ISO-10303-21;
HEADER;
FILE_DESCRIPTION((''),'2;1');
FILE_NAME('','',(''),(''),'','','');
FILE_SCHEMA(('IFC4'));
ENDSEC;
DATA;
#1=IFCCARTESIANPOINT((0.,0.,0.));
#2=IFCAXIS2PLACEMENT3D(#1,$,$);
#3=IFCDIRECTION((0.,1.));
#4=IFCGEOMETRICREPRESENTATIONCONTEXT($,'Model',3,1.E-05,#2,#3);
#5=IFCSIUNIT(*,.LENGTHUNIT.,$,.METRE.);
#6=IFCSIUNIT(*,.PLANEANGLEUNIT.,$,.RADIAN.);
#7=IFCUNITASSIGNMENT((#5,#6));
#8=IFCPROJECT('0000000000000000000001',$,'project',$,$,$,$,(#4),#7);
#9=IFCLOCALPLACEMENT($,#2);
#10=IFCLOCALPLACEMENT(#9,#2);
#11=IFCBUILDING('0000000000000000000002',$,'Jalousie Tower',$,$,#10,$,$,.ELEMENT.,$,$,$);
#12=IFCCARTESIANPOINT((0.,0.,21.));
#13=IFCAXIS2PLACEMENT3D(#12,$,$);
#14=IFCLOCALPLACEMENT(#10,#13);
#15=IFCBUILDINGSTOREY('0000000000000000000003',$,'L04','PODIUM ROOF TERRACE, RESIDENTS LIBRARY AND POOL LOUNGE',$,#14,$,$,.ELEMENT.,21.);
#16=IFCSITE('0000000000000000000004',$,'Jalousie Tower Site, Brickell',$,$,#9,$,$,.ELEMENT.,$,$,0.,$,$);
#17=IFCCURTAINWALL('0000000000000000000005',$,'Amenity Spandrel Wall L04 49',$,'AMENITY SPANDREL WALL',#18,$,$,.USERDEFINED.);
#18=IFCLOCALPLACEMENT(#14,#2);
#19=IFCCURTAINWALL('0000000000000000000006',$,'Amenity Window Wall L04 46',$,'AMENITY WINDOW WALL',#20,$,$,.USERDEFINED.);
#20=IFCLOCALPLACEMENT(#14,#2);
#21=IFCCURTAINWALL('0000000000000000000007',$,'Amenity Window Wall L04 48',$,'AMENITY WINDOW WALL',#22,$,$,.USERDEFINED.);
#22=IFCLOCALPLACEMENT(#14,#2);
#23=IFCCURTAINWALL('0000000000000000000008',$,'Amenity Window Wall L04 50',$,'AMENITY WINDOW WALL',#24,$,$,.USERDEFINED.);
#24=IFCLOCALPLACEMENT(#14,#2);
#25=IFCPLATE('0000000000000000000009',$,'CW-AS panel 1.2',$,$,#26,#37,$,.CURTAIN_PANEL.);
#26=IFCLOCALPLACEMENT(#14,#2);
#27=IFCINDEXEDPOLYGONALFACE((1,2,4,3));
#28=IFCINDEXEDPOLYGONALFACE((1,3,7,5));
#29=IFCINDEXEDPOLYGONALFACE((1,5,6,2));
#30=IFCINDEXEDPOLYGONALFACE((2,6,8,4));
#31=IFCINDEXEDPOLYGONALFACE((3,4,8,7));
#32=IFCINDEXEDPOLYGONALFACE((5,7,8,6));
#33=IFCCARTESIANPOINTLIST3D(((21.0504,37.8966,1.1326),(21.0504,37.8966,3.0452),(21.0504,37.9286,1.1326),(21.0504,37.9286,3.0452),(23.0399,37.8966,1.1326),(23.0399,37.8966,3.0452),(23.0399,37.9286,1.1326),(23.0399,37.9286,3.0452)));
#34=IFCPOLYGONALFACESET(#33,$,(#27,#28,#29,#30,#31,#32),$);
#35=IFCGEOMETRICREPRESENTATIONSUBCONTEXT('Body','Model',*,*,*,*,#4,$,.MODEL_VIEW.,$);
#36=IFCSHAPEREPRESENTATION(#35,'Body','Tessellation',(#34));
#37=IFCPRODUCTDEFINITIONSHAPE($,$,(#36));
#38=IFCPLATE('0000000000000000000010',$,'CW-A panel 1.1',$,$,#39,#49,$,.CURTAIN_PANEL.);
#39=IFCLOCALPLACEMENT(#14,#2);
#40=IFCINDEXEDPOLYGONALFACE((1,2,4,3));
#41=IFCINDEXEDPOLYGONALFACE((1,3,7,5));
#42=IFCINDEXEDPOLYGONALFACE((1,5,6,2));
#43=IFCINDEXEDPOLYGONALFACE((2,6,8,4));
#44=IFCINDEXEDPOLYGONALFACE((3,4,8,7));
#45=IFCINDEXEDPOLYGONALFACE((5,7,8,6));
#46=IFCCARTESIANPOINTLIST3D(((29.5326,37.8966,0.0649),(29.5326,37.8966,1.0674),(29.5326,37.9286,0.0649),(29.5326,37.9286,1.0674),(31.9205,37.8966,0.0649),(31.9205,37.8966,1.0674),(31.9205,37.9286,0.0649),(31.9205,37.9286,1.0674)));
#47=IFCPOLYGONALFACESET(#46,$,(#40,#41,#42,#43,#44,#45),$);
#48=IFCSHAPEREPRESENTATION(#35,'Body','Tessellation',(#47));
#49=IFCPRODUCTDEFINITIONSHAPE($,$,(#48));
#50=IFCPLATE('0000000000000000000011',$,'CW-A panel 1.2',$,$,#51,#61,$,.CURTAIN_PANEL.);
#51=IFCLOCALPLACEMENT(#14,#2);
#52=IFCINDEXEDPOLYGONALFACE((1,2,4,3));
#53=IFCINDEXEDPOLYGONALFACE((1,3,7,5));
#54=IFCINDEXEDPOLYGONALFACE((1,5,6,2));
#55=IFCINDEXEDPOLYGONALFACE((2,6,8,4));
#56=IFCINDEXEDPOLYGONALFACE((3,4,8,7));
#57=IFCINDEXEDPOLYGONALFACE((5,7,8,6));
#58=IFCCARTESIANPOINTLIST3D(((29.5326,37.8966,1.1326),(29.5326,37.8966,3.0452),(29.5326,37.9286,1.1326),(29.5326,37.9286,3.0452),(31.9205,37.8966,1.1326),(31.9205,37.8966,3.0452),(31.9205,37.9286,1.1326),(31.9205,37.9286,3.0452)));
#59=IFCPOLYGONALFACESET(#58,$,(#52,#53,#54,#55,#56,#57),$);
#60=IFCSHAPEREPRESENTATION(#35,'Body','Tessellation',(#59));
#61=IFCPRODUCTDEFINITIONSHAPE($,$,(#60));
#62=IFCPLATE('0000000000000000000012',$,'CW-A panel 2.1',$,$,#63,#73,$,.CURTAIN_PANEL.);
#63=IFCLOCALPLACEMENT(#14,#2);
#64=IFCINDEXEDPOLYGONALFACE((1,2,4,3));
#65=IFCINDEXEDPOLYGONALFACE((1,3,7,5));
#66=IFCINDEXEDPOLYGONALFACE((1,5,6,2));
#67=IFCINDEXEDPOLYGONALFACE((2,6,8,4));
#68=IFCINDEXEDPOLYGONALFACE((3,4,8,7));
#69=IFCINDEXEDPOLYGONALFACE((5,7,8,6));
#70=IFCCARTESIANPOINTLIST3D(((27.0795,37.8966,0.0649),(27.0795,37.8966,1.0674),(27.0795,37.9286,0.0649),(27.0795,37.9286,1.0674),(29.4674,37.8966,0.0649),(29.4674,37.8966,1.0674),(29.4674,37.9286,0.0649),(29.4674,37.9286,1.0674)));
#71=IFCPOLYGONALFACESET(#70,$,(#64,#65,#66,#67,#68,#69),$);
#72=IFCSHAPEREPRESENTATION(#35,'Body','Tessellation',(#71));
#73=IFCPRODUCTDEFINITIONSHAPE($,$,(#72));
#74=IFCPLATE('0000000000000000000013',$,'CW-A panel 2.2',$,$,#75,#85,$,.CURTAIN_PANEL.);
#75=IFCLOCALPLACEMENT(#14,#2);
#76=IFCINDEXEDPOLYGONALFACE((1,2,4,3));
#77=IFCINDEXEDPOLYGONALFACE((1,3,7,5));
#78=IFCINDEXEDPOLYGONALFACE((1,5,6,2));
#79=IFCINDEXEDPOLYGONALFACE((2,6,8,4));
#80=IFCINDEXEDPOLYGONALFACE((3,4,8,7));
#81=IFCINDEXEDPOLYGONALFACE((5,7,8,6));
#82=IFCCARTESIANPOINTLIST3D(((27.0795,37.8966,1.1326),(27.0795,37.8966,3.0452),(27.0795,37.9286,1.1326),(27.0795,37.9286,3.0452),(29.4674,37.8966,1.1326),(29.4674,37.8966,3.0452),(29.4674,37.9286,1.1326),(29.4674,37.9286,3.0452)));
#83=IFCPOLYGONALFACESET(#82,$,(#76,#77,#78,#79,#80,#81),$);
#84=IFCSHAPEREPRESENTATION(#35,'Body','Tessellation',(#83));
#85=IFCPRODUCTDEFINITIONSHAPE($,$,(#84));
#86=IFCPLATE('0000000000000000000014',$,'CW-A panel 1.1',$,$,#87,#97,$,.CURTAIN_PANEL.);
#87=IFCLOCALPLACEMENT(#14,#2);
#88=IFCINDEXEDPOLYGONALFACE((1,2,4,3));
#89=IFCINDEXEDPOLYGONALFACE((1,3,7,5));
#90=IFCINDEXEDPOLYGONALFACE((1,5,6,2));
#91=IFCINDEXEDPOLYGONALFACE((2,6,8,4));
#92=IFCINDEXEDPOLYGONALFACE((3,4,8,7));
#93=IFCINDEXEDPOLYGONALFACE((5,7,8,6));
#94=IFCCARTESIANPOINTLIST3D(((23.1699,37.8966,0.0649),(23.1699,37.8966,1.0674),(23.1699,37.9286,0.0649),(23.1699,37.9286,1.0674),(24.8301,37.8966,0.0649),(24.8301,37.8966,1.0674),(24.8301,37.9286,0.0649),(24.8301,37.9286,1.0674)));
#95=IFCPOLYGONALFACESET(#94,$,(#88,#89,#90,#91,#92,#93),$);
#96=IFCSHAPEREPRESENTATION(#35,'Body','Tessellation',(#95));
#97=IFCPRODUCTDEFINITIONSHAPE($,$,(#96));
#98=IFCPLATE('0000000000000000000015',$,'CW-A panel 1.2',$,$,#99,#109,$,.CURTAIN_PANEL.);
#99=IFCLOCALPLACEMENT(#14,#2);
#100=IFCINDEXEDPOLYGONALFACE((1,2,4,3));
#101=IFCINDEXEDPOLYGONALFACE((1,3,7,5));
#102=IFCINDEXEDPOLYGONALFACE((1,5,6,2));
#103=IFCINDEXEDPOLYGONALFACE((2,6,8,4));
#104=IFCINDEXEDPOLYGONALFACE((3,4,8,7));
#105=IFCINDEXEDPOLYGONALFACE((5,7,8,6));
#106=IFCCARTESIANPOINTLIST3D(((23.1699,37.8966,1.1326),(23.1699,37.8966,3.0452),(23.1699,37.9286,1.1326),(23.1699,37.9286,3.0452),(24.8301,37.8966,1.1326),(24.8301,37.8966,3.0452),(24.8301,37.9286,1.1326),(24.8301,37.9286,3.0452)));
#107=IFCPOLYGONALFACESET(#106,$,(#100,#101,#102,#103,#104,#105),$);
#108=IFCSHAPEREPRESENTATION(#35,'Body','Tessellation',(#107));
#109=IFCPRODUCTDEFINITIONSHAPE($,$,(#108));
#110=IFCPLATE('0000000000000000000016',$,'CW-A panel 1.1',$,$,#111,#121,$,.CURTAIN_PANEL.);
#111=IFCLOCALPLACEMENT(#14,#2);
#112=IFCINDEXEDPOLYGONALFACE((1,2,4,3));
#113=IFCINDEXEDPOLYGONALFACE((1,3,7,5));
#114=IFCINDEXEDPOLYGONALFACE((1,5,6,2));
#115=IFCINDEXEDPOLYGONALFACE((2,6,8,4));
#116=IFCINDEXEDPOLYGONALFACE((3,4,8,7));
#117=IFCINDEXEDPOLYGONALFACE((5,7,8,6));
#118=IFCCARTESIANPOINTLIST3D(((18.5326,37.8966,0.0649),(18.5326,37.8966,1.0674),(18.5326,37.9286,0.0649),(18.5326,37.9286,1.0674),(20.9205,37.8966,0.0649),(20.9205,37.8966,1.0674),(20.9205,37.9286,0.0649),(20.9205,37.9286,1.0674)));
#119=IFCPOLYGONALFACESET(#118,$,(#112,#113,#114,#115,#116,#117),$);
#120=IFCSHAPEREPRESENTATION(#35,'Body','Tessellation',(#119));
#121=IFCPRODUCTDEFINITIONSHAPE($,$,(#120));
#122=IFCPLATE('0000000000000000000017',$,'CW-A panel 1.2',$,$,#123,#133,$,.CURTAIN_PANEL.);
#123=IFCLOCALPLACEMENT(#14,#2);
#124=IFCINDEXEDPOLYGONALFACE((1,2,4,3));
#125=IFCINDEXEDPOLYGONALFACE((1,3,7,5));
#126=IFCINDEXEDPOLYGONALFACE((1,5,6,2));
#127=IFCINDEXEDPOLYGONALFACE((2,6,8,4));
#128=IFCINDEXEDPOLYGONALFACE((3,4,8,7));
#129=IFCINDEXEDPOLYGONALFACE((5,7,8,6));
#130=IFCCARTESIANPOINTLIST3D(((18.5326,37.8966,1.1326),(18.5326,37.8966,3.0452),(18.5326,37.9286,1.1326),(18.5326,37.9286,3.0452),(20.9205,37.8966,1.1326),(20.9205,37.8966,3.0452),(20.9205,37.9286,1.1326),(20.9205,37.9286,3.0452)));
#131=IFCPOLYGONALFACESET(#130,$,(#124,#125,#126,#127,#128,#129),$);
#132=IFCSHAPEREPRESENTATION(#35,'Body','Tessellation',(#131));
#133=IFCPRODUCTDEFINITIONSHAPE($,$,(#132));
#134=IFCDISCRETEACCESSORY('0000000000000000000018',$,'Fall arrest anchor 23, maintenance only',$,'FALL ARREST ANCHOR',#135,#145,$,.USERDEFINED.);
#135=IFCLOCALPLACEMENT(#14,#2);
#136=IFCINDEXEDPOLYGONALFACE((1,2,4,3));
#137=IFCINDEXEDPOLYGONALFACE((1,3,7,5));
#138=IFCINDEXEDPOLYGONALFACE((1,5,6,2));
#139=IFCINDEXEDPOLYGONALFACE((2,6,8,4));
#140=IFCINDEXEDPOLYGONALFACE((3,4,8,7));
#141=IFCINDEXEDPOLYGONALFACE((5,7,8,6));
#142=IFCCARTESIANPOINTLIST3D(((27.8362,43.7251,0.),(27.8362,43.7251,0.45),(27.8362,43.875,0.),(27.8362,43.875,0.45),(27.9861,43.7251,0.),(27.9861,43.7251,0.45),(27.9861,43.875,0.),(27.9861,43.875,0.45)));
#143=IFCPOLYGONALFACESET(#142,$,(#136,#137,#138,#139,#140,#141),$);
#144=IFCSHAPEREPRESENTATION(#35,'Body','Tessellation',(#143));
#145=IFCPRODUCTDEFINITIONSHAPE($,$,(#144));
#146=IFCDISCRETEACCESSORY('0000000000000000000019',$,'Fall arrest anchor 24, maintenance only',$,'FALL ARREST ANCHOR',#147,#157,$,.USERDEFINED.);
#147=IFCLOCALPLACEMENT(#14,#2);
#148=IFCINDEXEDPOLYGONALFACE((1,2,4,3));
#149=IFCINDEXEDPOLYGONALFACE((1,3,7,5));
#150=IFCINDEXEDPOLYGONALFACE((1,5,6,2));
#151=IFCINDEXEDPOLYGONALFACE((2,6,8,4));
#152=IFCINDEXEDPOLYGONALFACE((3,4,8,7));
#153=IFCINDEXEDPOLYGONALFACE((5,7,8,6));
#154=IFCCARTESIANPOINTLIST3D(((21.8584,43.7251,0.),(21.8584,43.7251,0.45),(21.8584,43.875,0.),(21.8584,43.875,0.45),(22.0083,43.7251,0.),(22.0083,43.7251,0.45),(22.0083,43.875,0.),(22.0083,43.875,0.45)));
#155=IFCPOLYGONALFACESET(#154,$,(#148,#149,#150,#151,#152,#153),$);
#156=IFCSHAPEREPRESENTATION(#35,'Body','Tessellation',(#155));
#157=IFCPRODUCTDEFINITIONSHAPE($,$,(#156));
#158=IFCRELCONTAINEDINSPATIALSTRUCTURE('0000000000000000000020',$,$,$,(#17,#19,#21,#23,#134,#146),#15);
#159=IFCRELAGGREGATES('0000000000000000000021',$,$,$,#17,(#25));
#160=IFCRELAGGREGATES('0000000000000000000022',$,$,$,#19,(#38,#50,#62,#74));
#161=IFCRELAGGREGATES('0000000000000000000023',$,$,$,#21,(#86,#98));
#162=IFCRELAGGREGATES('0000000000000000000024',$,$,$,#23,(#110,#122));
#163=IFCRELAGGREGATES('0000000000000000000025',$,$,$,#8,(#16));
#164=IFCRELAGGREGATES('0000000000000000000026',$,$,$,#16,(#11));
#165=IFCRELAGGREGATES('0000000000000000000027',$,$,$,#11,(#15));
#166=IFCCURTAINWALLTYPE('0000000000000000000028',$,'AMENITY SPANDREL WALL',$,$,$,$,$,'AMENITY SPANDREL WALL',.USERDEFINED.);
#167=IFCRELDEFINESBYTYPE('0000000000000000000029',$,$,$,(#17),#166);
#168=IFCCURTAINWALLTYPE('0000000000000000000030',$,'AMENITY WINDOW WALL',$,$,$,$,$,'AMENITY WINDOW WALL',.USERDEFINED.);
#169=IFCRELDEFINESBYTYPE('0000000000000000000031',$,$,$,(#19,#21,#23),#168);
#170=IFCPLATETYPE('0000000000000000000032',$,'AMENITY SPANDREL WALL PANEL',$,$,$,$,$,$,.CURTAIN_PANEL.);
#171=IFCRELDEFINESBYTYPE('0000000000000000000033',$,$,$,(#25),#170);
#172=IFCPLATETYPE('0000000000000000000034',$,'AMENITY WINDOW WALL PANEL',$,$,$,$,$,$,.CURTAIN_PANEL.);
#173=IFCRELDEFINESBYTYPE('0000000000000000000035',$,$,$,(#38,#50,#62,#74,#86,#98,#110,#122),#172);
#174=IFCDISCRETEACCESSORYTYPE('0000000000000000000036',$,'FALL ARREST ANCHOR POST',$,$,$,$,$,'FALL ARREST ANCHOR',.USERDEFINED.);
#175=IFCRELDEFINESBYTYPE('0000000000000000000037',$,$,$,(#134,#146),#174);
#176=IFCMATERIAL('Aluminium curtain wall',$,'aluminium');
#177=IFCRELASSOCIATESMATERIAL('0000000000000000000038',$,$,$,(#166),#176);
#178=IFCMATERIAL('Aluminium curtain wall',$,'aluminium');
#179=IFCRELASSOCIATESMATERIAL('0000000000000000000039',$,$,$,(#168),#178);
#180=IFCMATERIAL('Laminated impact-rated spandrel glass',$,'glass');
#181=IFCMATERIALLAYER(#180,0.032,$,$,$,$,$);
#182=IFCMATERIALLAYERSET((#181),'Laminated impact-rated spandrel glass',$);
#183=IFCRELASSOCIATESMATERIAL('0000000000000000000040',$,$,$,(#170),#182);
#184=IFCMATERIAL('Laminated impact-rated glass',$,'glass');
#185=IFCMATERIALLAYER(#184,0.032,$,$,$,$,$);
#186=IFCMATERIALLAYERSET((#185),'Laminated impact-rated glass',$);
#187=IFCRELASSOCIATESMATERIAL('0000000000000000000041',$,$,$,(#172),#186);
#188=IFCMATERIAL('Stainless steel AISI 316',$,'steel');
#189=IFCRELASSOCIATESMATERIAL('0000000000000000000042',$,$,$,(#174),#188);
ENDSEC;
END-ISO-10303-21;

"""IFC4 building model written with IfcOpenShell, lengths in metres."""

from ifc_helpers import new_model, si_unit, direction, frame, origin, origin_2d, place, context, subcontext, project, spatial, rectangle, extrude, material, layer, layer_set, type_object, element, aggregate, save


model = new_model("IFC4")

# Units and contexts
model_context = context("Model", 3, precision=1e-05, world=origin(), true_north=direction((0.0, 1.0)))
body_context = subcontext(model_context, "Body", "Model", "MODEL_VIEW")
ifc_project = project(units=[si_unit("LENGTHUNIT", "METRE"), si_unit("PLANEANGLEUNIT", "RADIAN")], contexts=[model_context])

# Site, building, storey
site_placement = place(None, origin())
site = spatial("IfcSite", under=ifc_project, at=site_placement, Name="Jalousie Tower Site, Brickell", CompositionType="ELEMENT", RefElevation=0.0)
building_placement = place(site_placement, origin())
building = spatial("IfcBuilding", under=site, at=building_placement, Name="Jalousie Tower", CompositionType="ELEMENT")
storey_placement = place(building_placement, frame((0.0, 0.0, 21.0)))
storey = spatial("IfcBuildingStorey", under=building, at=storey_placement, Name="L04", Description="PODIUM ROOF TERRACE, RESIDENTS LIBRARY AND POOL LOUNGE", CompositionType="ELEMENT", Elevation=21.0)

# Curtain wall
ifc_material_1 = material(Name="Aluminium curtain wall", Category="aluminium")
curtain_wall_type_1 = type_object("IfcCurtainWallType", Name="AMENITY SPANDREL WALL", ElementType="AMENITY SPANDREL WALL", PredefinedType="USERDEFINED", material=ifc_material_1)
curtain_wall_1_placement = place(storey_placement, origin())
curtain_wall_1 = element("IfcCurtainWall", 1, at=curtain_wall_1_placement, inside=storey, type_object=curtain_wall_type_1, Name="Amenity Spandrel Wall L04 49", ObjectType="AMENITY SPANDREL WALL", PredefinedType="USERDEFINED")

# Curtain walls
ifc_material_2 = material(Name="Aluminium curtain wall", Category="aluminium")
curtain_wall_type_2 = type_object("IfcCurtainWallType", Name="AMENITY WINDOW WALL", ElementType="AMENITY WINDOW WALL", PredefinedType="USERDEFINED", material=ifc_material_2)
curtain_wall_2_placement = place(storey_placement, origin())
curtain_wall_2 = element("IfcCurtainWall", 2, at=curtain_wall_2_placement, inside=storey, type_object=curtain_wall_type_2, Name="Amenity Window Wall L04 46", ObjectType="AMENITY WINDOW WALL", PredefinedType="USERDEFINED")
curtain_wall_3_placement = place(storey_placement, origin())
curtain_wall_3 = element("IfcCurtainWall", 3, at=curtain_wall_3_placement, inside=storey, type_object=curtain_wall_type_2, Name="Amenity Window Wall L04 48", ObjectType="AMENITY WINDOW WALL", PredefinedType="USERDEFINED")
curtain_wall_4_placement = place(storey_placement, origin())
curtain_wall_4 = element("IfcCurtainWall", 4, at=curtain_wall_4_placement, inside=storey, type_object=curtain_wall_type_2, Name="Amenity Window Wall L04 50", ObjectType="AMENITY WINDOW WALL", PredefinedType="USERDEFINED")

# Plates
ifc_material_3 = material(Name="Laminated impact-rated spandrel glass", Category="glass")
ifc_layer_1 = layer(ifc_material_3, 0.032)
ifc_layer_set_1 = layer_set([ifc_layer_1], Name="Laminated impact-rated spandrel glass")
plate_type_1 = type_object("IfcPlateType", Name="AMENITY SPANDREL WALL PANEL", PredefinedType="CURTAIN_PANEL", material=ifc_layer_set_1)
plate_1_placement = place(storey_placement, frame((22.0452, 37.9126, 1.1326), z_axis=(0.0, 0.0, 1.0), x_axis=(-1.0, 0.0, 0.0)))
plate_1 = element("IfcPlate", 5, at=plate_1_placement, type_object=plate_type_1, Name="CW-AS panel 1.2", PredefinedType="CURTAIN_PANEL", context=body_context, shape_type="SweptSolid", body=[
    extrude(rectangle(XDim=1.9895, YDim=0.032, at=origin_2d()), origin(), (0.0, 0.0, 1.0), 1.9126),
])
aggregate(curtain_wall_1, [plate_1])
ifc_material_4 = material(Name="Laminated impact-rated glass", Category="glass")
ifc_layer_2 = layer(ifc_material_4, 0.032)
ifc_layer_set_2 = layer_set([ifc_layer_2], Name="Laminated impact-rated glass")
plate_type_2 = type_object("IfcPlateType", Name="AMENITY WINDOW WALL PANEL", PredefinedType="CURTAIN_PANEL", material=ifc_layer_set_2)
plate_2_placement = place(storey_placement, frame((30.7266, 37.9126, 0.0649), z_axis=(0.0, 0.0, 1.0), x_axis=(-1.0, 0.0, 0.0)))
plate_2 = element("IfcPlate", 6, at=plate_2_placement, type_object=plate_type_2, Name="CW-A panel 1.1", PredefinedType="CURTAIN_PANEL", context=body_context, shape_type="SweptSolid", body=[
    extrude(rectangle(XDim=2.3879, YDim=0.032, at=origin_2d()), origin(), (0.0, 0.0, 1.0), 1.0024),
])
plate_3_placement = place(storey_placement, frame((30.7266, 37.9126, 1.1326), z_axis=(0.0, 0.0, 1.0), x_axis=(-1.0, 0.0, 0.0)))
plate_3 = element("IfcPlate", 7, at=plate_3_placement, type_object=plate_type_2, Name="CW-A panel 1.2", PredefinedType="CURTAIN_PANEL", context=body_context, shape_type="SweptSolid", body=[
    extrude(rectangle(XDim=2.3879, YDim=0.032, at=origin_2d()), origin(), (0.0, 0.0, 1.0), 1.9126),
])
plate_4_placement = place(storey_placement, frame((28.2734, 37.9126, 0.0649), z_axis=(0.0, 0.0, 1.0), x_axis=(-1.0, 0.0, 0.0)))
plate_4 = element("IfcPlate", 8, at=plate_4_placement, type_object=plate_type_2, Name="CW-A panel 2.1", PredefinedType="CURTAIN_PANEL", context=body_context, shape_type="SweptSolid", body=[
    extrude(rectangle(XDim=2.3879, YDim=0.032, at=origin_2d()), origin(), (0.0, 0.0, 1.0), 1.0024),
])
plate_5_placement = place(storey_placement, frame((28.2734, 37.9126, 1.1326), z_axis=(0.0, 0.0, 1.0), x_axis=(-1.0, 0.0, 0.0)))
plate_5 = element("IfcPlate", 9, at=plate_5_placement, type_object=plate_type_2, Name="CW-A panel 2.2", PredefinedType="CURTAIN_PANEL", context=body_context, shape_type="SweptSolid", body=[
    extrude(rectangle(XDim=2.3879, YDim=0.032, at=origin_2d()), origin(), (0.0, 0.0, 1.0), 1.9126),
])
aggregate(curtain_wall_2, [plate_2, plate_3, plate_4, plate_5])
plate_6_placement = place(storey_placement, frame((24.0, 37.9126, 0.0649), z_axis=(0.0, 0.0, 1.0), x_axis=(-1.0, 0.0, 0.0)))
plate_6 = element("IfcPlate", 10, at=plate_6_placement, type_object=plate_type_2, Name="CW-A panel 1.1", PredefinedType="CURTAIN_PANEL", context=body_context, shape_type="SweptSolid", body=[
    extrude(rectangle(XDim=1.6602, YDim=0.032, at=origin_2d()), origin(), (0.0, 0.0, 1.0), 1.0024),
])
plate_7_placement = place(storey_placement, frame((24.0, 37.9126, 1.1326), z_axis=(0.0, 0.0, 1.0), x_axis=(-1.0, 0.0, 0.0)))
plate_7 = element("IfcPlate", 11, at=plate_7_placement, type_object=plate_type_2, Name="CW-A panel 1.2", PredefinedType="CURTAIN_PANEL", context=body_context, shape_type="SweptSolid", body=[
    extrude(rectangle(XDim=1.6602, YDim=0.032, at=origin_2d()), origin(), (0.0, 0.0, 1.0), 1.9126),
])
aggregate(curtain_wall_3, [plate_6, plate_7])
plate_8_placement = place(storey_placement, frame((19.7266, 37.9126, 0.0649), z_axis=(0.0, 0.0, 1.0), x_axis=(-1.0, 0.0, 0.0)))
plate_8 = element("IfcPlate", 12, at=plate_8_placement, type_object=plate_type_2, Name="CW-A panel 1.1", PredefinedType="CURTAIN_PANEL", context=body_context, shape_type="SweptSolid", body=[
    extrude(rectangle(XDim=2.3879, YDim=0.032, at=origin_2d()), origin(), (0.0, 0.0, 1.0), 1.0024),
])
plate_9_placement = place(storey_placement, frame((19.7266, 37.9126, 1.1326), z_axis=(0.0, 0.0, 1.0), x_axis=(-1.0, 0.0, 0.0)))
plate_9 = element("IfcPlate", 13, at=plate_9_placement, type_object=plate_type_2, Name="CW-A panel 1.2", PredefinedType="CURTAIN_PANEL", context=body_context, shape_type="SweptSolid", body=[
    extrude(rectangle(XDim=2.3879, YDim=0.032, at=origin_2d()), origin(), (0.0, 0.0, 1.0), 1.9126),
])
aggregate(curtain_wall_4, [plate_8, plate_9])

# Discrete accessories
ifc_material_5 = material(Name="Stainless steel AISI 316", Category="steel")
discrete_accessory_type = type_object("IfcDiscreteAccessoryType", Name="FALL ARREST ANCHOR POST", ElementType="FALL ARREST ANCHOR", PredefinedType="USERDEFINED", material=ifc_material_5)
for number, where, z_axis, x_axis, name in (
    (14, (27.9111, 43.8, 0.0), (0.0, 0.0, 1.0), (1.0, 0.0, 0.0), "Fall arrest anchor 23, maintenance only"),
    (15, (21.9333, 43.8, 0.0), (0.0, 0.0, 1.0), (1.0, 0.0, 0.0), "Fall arrest anchor 24, maintenance only"),
):
    element("IfcDiscreteAccessory", number, at=place(storey_placement, frame(where, z_axis=z_axis, x_axis=x_axis)), inside=storey, type_object=discrete_accessory_type, Name=name, ObjectType="FALL ARREST ANCHOR", PredefinedType="USERDEFINED", context=body_context, shape_type="SweptSolid", body=[
        extrude(rectangle(XDim=0.1499, YDim=0.1499, at=origin_2d()), origin(), (0.0, 0.0, 1.0), 0.45),
    ])

save(model, "model.ifc")
